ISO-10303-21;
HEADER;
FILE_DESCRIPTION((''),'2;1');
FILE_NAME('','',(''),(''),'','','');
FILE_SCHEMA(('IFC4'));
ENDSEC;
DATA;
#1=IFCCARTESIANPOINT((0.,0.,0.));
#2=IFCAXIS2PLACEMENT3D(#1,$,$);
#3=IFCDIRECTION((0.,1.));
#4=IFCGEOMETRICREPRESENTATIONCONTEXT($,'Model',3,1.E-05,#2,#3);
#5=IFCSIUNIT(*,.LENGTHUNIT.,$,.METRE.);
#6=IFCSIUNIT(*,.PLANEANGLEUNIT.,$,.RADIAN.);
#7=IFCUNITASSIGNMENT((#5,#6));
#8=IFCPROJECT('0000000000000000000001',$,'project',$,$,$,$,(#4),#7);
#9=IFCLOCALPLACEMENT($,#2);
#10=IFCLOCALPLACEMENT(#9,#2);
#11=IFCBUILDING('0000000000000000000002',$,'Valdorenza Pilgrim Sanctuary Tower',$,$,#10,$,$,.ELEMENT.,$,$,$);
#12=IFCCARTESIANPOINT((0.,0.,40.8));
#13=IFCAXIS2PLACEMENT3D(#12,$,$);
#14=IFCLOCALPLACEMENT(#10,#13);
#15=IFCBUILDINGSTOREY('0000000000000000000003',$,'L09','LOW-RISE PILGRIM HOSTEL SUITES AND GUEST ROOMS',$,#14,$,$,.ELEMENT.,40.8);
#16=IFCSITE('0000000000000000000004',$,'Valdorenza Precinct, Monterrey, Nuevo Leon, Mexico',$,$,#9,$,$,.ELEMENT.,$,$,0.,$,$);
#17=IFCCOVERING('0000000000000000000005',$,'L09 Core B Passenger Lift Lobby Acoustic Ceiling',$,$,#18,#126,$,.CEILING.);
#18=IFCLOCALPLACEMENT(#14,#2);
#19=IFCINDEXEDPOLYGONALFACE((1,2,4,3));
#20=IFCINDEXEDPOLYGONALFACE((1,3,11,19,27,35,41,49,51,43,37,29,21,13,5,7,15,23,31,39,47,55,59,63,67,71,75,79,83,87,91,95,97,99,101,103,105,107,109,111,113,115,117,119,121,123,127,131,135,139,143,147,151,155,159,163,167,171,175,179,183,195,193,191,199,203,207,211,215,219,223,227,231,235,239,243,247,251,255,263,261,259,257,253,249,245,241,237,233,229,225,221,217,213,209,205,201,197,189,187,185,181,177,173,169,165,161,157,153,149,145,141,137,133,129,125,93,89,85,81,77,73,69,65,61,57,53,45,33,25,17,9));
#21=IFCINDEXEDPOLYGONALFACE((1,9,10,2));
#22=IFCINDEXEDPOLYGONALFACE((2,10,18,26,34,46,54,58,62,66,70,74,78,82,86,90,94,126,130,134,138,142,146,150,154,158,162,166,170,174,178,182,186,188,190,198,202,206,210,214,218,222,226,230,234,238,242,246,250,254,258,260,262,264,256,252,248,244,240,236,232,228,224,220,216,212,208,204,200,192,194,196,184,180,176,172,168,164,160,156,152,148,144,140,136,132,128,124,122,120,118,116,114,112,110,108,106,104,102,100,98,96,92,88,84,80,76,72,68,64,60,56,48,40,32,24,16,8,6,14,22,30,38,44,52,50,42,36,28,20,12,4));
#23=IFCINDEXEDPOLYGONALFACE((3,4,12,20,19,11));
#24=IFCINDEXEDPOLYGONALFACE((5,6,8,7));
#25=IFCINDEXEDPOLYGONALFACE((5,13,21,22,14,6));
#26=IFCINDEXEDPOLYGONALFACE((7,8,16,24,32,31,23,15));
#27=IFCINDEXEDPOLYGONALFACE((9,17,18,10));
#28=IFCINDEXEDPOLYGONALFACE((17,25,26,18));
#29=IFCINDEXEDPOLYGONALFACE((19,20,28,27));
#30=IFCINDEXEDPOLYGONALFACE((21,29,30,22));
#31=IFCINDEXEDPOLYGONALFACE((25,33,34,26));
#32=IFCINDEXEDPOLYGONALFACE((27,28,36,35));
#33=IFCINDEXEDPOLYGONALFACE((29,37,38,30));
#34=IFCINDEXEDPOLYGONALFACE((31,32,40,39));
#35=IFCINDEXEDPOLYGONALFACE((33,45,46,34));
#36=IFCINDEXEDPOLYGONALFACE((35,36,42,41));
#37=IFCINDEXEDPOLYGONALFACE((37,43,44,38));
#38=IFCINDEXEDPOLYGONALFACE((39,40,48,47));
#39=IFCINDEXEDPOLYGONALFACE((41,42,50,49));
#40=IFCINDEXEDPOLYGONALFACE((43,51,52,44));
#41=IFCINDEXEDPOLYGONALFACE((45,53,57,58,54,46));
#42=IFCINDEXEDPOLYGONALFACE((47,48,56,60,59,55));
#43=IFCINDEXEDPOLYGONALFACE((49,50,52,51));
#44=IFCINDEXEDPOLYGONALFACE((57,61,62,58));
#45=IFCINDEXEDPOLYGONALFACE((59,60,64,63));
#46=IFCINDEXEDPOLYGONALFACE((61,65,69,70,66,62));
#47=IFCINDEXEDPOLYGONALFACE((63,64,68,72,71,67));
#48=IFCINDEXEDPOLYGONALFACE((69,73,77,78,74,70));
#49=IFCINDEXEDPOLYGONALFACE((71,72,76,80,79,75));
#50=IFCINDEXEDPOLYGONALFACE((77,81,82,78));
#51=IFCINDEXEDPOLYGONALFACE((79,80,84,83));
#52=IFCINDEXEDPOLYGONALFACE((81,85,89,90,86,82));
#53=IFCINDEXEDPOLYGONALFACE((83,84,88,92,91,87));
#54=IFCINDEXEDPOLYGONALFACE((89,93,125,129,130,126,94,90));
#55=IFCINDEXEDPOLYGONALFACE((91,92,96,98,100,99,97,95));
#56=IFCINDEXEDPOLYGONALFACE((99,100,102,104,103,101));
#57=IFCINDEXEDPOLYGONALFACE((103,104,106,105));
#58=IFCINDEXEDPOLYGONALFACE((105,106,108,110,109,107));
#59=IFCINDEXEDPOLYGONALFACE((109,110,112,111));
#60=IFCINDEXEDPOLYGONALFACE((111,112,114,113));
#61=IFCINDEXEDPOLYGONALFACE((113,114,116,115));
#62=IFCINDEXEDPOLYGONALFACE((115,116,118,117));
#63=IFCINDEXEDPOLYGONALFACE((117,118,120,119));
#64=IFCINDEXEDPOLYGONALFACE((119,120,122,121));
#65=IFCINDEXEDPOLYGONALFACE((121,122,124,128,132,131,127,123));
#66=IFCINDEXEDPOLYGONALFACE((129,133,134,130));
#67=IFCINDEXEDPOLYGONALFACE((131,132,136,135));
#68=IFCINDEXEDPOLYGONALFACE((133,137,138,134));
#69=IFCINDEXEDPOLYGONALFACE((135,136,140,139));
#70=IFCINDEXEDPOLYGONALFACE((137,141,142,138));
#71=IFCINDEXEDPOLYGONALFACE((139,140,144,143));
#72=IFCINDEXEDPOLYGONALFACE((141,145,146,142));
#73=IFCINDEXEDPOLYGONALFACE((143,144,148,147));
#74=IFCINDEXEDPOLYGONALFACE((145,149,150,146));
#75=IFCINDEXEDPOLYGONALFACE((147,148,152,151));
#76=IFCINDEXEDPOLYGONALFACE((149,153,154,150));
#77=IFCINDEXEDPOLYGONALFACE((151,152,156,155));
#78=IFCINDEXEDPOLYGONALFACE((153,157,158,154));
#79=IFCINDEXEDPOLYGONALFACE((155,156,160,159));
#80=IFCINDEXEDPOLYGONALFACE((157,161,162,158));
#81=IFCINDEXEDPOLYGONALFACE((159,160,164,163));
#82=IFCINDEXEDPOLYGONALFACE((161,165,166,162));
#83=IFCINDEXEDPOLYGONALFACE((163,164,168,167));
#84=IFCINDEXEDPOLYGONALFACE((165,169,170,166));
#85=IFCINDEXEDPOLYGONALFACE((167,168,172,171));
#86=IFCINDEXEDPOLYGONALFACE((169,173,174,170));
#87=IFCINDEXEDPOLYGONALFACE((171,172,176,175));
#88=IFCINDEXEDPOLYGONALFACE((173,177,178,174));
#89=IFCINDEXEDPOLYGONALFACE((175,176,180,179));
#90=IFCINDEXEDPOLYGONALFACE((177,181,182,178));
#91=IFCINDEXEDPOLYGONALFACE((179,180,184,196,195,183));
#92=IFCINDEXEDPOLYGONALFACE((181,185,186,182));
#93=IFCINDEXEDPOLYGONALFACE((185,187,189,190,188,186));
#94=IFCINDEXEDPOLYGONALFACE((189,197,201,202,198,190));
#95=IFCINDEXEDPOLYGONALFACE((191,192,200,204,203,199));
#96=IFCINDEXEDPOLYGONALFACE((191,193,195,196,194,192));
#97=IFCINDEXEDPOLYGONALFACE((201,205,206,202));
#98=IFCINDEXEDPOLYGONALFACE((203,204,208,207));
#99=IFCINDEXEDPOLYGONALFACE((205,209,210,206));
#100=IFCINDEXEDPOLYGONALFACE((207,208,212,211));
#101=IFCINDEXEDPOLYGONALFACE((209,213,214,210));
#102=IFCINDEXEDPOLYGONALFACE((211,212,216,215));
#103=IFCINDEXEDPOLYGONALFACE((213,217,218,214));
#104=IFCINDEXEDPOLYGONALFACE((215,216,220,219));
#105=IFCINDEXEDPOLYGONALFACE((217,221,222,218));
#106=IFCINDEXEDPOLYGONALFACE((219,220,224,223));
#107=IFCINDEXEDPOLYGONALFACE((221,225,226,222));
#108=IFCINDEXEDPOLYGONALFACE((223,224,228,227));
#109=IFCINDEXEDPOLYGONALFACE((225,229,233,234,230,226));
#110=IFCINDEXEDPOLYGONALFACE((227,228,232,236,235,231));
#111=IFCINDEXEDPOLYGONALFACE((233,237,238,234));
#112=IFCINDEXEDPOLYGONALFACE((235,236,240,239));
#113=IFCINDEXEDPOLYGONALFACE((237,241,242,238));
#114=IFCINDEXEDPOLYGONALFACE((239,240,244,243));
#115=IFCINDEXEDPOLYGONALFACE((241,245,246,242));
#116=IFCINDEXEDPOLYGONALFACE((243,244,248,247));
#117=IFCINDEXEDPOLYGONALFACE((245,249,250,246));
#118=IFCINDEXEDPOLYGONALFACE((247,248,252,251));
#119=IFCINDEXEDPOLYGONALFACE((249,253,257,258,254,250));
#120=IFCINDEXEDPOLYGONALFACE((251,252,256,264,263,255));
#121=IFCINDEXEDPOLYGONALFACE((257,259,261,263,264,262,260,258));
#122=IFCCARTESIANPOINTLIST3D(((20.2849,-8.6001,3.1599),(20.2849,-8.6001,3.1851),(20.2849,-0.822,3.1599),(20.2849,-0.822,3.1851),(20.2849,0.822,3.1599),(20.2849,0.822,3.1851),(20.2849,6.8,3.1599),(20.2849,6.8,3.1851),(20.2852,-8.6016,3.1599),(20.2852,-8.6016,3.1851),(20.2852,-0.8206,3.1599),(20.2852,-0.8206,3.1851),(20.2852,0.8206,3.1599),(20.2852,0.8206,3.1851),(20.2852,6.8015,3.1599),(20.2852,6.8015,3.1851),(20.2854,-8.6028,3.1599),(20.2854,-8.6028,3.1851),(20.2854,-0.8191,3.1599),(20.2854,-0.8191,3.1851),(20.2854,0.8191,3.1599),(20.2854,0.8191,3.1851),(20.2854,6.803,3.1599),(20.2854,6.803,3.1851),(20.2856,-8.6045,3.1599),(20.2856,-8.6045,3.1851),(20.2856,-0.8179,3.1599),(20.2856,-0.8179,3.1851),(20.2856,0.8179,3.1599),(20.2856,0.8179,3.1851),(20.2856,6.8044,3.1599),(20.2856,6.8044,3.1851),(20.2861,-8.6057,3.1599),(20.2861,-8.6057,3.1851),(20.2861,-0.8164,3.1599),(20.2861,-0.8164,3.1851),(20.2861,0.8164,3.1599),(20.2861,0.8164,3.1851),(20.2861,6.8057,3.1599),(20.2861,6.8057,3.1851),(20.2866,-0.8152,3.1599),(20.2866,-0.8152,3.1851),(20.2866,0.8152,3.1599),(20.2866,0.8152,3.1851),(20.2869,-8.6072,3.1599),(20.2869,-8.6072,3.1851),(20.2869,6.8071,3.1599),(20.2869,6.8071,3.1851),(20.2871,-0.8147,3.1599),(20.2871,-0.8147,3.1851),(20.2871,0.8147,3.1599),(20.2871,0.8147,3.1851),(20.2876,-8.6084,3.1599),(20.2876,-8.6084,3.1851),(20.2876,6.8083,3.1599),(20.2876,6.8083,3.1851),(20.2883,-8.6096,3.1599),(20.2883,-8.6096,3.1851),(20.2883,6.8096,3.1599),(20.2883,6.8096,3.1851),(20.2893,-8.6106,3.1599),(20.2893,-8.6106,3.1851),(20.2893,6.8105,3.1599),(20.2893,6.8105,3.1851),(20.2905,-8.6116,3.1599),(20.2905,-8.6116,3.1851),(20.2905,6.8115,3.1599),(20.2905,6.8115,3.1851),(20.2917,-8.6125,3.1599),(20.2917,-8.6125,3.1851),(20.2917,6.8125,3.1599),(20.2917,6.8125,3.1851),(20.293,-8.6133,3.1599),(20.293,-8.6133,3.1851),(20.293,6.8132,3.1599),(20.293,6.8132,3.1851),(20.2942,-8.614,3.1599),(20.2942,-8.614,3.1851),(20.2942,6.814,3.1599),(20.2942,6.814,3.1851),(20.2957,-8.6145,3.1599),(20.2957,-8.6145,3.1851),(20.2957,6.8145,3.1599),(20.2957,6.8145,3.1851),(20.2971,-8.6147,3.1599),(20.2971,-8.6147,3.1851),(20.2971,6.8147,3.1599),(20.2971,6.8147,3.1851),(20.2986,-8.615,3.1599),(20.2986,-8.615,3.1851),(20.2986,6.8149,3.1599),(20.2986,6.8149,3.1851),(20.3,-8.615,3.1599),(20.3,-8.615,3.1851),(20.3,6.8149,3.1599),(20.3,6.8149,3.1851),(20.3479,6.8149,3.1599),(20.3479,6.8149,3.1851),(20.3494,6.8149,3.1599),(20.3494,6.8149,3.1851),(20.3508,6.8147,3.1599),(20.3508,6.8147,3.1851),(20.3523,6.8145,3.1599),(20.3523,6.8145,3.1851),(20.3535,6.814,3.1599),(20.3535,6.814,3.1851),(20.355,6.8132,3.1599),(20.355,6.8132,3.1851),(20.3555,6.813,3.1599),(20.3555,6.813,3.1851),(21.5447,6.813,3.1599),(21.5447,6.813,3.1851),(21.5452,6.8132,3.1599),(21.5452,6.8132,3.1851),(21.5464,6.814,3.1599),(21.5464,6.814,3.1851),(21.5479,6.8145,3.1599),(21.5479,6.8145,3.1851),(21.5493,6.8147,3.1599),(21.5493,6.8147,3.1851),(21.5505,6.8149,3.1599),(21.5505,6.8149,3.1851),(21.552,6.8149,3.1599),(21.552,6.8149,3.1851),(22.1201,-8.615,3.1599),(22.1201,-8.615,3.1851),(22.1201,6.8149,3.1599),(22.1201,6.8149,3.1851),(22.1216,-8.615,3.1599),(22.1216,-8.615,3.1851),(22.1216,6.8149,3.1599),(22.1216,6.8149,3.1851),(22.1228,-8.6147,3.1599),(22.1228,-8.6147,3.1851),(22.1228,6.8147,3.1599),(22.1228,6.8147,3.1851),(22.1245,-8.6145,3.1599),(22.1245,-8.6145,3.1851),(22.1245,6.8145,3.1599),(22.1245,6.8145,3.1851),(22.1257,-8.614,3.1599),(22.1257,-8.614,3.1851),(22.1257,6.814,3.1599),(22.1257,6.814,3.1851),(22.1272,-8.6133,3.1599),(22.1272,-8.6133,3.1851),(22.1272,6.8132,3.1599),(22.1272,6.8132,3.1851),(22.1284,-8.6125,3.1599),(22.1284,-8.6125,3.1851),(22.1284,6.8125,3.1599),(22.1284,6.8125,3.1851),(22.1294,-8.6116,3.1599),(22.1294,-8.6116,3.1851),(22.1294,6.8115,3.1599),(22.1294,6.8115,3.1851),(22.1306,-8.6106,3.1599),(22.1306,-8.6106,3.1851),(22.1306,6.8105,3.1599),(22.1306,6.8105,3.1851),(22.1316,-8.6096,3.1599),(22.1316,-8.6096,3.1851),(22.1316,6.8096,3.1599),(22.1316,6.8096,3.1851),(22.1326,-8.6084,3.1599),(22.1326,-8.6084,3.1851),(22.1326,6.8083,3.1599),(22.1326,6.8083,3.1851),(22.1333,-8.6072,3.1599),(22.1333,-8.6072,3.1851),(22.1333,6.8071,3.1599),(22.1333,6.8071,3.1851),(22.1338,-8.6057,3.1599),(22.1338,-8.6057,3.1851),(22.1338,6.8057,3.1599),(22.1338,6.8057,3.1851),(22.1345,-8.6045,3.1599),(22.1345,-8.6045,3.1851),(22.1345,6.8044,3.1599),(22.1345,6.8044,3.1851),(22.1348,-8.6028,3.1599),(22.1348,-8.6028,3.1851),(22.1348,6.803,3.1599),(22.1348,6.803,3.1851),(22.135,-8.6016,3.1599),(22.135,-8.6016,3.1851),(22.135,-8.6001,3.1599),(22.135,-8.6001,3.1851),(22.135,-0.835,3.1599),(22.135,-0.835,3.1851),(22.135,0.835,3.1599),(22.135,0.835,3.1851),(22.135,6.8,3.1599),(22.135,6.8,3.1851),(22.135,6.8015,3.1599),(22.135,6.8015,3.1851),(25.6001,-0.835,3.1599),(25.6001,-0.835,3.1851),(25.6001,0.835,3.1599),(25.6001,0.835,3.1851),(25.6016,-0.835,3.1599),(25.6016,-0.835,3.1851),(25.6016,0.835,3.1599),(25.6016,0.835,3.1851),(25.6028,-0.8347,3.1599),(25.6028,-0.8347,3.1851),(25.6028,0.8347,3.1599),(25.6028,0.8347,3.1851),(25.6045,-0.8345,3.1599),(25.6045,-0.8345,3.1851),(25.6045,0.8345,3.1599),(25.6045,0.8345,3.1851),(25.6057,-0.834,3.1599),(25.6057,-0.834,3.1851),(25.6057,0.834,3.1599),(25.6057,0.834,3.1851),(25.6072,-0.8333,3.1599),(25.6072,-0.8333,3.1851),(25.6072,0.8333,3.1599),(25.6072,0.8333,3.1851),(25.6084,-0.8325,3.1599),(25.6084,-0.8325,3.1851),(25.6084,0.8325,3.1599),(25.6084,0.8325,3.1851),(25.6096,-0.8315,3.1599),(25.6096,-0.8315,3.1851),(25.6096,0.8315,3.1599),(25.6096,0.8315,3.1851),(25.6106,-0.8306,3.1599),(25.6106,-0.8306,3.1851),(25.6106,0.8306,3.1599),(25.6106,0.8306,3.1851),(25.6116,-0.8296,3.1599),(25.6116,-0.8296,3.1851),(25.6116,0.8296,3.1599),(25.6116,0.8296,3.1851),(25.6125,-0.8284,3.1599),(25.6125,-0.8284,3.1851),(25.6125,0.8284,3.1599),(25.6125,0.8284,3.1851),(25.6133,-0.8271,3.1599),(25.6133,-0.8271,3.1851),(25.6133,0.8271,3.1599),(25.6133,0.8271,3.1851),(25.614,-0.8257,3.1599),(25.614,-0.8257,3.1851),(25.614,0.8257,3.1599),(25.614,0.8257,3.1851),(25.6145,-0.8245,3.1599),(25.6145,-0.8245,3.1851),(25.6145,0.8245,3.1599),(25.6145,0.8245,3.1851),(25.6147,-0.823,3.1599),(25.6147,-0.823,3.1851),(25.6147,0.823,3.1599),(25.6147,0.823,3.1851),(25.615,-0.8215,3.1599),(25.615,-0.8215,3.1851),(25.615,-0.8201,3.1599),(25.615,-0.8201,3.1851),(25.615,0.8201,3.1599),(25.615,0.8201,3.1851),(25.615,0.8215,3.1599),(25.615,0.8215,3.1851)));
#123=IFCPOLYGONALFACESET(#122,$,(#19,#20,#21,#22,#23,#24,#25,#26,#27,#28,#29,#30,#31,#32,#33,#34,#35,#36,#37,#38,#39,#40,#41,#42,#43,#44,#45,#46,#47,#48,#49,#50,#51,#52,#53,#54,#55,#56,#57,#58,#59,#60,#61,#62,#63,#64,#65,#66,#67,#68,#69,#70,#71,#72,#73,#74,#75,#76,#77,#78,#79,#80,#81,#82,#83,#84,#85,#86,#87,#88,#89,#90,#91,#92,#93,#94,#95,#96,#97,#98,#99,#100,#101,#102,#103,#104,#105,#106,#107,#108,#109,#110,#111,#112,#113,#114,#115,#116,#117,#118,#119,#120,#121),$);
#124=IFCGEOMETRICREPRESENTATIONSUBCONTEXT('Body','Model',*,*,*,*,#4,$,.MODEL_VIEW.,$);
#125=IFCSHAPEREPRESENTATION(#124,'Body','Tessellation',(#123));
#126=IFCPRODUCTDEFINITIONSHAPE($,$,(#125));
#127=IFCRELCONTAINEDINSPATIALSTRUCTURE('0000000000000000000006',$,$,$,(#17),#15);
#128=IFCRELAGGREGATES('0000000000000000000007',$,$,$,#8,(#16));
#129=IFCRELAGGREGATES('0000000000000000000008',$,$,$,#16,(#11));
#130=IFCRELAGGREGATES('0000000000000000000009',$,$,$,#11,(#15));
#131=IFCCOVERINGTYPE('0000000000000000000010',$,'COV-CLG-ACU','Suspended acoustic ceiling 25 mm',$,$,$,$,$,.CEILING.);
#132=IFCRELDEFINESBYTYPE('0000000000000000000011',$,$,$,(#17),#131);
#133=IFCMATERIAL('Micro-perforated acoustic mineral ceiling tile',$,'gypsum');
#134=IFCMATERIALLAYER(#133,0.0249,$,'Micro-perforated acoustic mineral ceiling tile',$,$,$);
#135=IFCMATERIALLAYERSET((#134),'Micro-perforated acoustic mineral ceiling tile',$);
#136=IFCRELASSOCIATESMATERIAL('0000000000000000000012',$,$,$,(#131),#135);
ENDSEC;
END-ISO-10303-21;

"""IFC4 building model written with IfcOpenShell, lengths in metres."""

from ifc_helpers import new_model, si_unit, direction, frame, origin, place, context, subcontext, project, spatial, polyline, outline, extrude, material, layer, layer_set, type_object, element, save


model = new_model("IFC4")

# Units and contexts
model_context = context("Model", 3, precision=1e-05, world=origin(), true_north=direction((0.0, 1.0)))
body_context = subcontext(model_context, "Body", "Model", "MODEL_VIEW")
ifc_project = project(units=[si_unit("LENGTHUNIT", "METRE"), si_unit("PLANEANGLEUNIT", "RADIAN")], contexts=[model_context])

# Site, building, storey
site_placement = place(None, origin())
site = spatial("IfcSite", under=ifc_project, at=site_placement, Name="Valdorenza Precinct, Monterrey, Nuevo Leon, Mexico", CompositionType="ELEMENT", RefElevation=0.0)
building_placement = place(site_placement, origin())
building = spatial("IfcBuilding", under=site, at=building_placement, Name="Valdorenza Pilgrim Sanctuary Tower", CompositionType="ELEMENT")
storey_placement = place(building_placement, frame((0.0, 0.0, 40.8)))
storey = spatial("IfcBuildingStorey", under=building, at=storey_placement, Name="L09", Description="LOW-RISE PILGRIM HOSTEL SUITES AND GUEST ROOMS", CompositionType="ELEMENT", Elevation=40.8)

# Covering
ifc_material_1 = material(Name="Micro-perforated acoustic mineral ceiling tile", Category="gypsum")
ifc_layer_1 = layer(ifc_material_1, 0.0249, Name="Micro-perforated acoustic mineral ceiling tile")
ifc_layer_set_1 = layer_set([ifc_layer_1], Name="Micro-perforated acoustic mineral ceiling tile")
covering_type_1 = type_object("IfcCoveringType", Name="COV-CLG-ACU", Description="Suspended acoustic ceiling 25 mm", PredefinedType="CEILING", material=ifc_layer_set_1)
covering_1_placement = place(storey_placement, frame((0.0, 0.0, 3.1599)))
element("IfcCovering", 1, at=covering_1_placement, inside=storey, type_object=covering_type_1, Name="L09 Core B Passenger Lift Lobby Acoustic Ceiling", PredefinedType="CEILING", context=body_context, shape_type="SweptSolid", body=[
    extrude(outline(polyline([(20.2871, -0.8147), (20.2871, 0.8147), (20.2866, 0.8152), (20.2861, 0.8164), (20.2856, 0.8179), (20.2854, 0.8191), (20.2852, 0.8206), (20.2849, 0.822), (20.2849, 6.8), (20.2852, 6.8015), (20.2854, 6.803), (20.2856, 6.8044), (20.2861, 6.8057), (20.2869, 6.8071), (20.2876, 6.8083), (20.2883, 6.8096), (20.2893, 6.8105), (20.2905, 6.8115), (20.2917, 6.8125), (20.293, 6.8132), (20.2942, 6.814), (20.2957, 6.8145), (20.2971, 6.8147), (20.2986, 6.8149), (20.3, 6.8149), (20.3479, 6.8149), (20.3494, 6.8149), (20.3508, 6.8147), (20.3523, 6.8145), (20.3535, 6.814), (20.355, 6.8132), (20.3555, 6.813), (21.5447, 6.813), (21.5452, 6.8132), (21.5464, 6.814), (21.5479, 6.8145), (21.5493, 6.8147), (21.5505, 6.8149), (21.552, 6.8149), (22.1201, 6.8149), (22.1216, 6.8149), (22.1228, 6.8147), (22.1245, 6.8145), (22.1257, 6.814), (22.1272, 6.8132), (22.1284, 6.8125), (22.1294, 6.8115), (22.1306, 6.8105), (22.1316, 6.8096), (22.1326, 6.8083), (22.1333, 6.8071), (22.1338, 6.8057), (22.1345, 6.8044), (22.1348, 6.803), (22.135, 6.8015), (22.135, 6.8), (22.135, 0.835), (25.6001, 0.835), (25.6016, 0.835), (25.6028, 0.8347), (25.6045, 0.8345), (25.6057, 0.834), (25.6072, 0.8333), (25.6084, 0.8325), (25.6096, 0.8315), (25.6106, 0.8306), (25.6116, 0.8296), (25.6125, 0.8284), (25.6133, 0.8271), (25.614, 0.8257), (25.6145, 0.8245), (25.6147, 0.823), (25.615, 0.8215), (25.615, 0.8201), (25.615, -0.8201), (25.615, -0.8215), (25.6147, -0.823), (25.6145, -0.8245), (25.614, -0.8257), (25.6133, -0.8271), (25.6125, -0.8284), (25.6116, -0.8296), (25.6106, -0.8306), (25.6096, -0.8315), (25.6084, -0.8325), (25.6072, -0.8333), (25.6057, -0.834), (25.6045, -0.8345), (25.6028, -0.8347), (25.6016, -0.835), (25.6001, -0.835), (22.135, -0.835), (22.135, -8.6001), (22.135, -8.6016), (22.1348, -8.6028), (22.1345, -8.6045), (22.1338, -8.6057), (22.1333, -8.6072), (22.1326, -8.6084), (22.1316, -8.6096), (22.1306, -8.6106), (22.1294, -8.6116), (22.1284, -8.6125), (22.1272, -8.6133), (22.1257, -8.614), (22.1245, -8.6145), (22.1228, -8.6147), (22.1216, -8.615), (22.1201, -8.615), (20.3, -8.615), (20.2986, -8.615), (20.2971, -8.6147), (20.2957, -8.6145), (20.2942, -8.614), (20.293, -8.6133), (20.2917, -8.6125), (20.2905, -8.6116), (20.2893, -8.6106), (20.2883, -8.6096), (20.2876, -8.6084), (20.2869, -8.6072), (20.2861, -8.6057), (20.2856, -8.6045), (20.2854, -8.6028), (20.2852, -8.6016), (20.2849, -8.6001), (20.2849, -0.822), (20.2852, -0.8206), (20.2854, -0.8191), (20.2856, -0.8179), (20.2861, -0.8164), (20.2866, -0.8152), (20.2871, -0.8147)])), origin(), (0.0, 0.0, 1.0), 0.0251),
])

save(model, "model.ifc")
